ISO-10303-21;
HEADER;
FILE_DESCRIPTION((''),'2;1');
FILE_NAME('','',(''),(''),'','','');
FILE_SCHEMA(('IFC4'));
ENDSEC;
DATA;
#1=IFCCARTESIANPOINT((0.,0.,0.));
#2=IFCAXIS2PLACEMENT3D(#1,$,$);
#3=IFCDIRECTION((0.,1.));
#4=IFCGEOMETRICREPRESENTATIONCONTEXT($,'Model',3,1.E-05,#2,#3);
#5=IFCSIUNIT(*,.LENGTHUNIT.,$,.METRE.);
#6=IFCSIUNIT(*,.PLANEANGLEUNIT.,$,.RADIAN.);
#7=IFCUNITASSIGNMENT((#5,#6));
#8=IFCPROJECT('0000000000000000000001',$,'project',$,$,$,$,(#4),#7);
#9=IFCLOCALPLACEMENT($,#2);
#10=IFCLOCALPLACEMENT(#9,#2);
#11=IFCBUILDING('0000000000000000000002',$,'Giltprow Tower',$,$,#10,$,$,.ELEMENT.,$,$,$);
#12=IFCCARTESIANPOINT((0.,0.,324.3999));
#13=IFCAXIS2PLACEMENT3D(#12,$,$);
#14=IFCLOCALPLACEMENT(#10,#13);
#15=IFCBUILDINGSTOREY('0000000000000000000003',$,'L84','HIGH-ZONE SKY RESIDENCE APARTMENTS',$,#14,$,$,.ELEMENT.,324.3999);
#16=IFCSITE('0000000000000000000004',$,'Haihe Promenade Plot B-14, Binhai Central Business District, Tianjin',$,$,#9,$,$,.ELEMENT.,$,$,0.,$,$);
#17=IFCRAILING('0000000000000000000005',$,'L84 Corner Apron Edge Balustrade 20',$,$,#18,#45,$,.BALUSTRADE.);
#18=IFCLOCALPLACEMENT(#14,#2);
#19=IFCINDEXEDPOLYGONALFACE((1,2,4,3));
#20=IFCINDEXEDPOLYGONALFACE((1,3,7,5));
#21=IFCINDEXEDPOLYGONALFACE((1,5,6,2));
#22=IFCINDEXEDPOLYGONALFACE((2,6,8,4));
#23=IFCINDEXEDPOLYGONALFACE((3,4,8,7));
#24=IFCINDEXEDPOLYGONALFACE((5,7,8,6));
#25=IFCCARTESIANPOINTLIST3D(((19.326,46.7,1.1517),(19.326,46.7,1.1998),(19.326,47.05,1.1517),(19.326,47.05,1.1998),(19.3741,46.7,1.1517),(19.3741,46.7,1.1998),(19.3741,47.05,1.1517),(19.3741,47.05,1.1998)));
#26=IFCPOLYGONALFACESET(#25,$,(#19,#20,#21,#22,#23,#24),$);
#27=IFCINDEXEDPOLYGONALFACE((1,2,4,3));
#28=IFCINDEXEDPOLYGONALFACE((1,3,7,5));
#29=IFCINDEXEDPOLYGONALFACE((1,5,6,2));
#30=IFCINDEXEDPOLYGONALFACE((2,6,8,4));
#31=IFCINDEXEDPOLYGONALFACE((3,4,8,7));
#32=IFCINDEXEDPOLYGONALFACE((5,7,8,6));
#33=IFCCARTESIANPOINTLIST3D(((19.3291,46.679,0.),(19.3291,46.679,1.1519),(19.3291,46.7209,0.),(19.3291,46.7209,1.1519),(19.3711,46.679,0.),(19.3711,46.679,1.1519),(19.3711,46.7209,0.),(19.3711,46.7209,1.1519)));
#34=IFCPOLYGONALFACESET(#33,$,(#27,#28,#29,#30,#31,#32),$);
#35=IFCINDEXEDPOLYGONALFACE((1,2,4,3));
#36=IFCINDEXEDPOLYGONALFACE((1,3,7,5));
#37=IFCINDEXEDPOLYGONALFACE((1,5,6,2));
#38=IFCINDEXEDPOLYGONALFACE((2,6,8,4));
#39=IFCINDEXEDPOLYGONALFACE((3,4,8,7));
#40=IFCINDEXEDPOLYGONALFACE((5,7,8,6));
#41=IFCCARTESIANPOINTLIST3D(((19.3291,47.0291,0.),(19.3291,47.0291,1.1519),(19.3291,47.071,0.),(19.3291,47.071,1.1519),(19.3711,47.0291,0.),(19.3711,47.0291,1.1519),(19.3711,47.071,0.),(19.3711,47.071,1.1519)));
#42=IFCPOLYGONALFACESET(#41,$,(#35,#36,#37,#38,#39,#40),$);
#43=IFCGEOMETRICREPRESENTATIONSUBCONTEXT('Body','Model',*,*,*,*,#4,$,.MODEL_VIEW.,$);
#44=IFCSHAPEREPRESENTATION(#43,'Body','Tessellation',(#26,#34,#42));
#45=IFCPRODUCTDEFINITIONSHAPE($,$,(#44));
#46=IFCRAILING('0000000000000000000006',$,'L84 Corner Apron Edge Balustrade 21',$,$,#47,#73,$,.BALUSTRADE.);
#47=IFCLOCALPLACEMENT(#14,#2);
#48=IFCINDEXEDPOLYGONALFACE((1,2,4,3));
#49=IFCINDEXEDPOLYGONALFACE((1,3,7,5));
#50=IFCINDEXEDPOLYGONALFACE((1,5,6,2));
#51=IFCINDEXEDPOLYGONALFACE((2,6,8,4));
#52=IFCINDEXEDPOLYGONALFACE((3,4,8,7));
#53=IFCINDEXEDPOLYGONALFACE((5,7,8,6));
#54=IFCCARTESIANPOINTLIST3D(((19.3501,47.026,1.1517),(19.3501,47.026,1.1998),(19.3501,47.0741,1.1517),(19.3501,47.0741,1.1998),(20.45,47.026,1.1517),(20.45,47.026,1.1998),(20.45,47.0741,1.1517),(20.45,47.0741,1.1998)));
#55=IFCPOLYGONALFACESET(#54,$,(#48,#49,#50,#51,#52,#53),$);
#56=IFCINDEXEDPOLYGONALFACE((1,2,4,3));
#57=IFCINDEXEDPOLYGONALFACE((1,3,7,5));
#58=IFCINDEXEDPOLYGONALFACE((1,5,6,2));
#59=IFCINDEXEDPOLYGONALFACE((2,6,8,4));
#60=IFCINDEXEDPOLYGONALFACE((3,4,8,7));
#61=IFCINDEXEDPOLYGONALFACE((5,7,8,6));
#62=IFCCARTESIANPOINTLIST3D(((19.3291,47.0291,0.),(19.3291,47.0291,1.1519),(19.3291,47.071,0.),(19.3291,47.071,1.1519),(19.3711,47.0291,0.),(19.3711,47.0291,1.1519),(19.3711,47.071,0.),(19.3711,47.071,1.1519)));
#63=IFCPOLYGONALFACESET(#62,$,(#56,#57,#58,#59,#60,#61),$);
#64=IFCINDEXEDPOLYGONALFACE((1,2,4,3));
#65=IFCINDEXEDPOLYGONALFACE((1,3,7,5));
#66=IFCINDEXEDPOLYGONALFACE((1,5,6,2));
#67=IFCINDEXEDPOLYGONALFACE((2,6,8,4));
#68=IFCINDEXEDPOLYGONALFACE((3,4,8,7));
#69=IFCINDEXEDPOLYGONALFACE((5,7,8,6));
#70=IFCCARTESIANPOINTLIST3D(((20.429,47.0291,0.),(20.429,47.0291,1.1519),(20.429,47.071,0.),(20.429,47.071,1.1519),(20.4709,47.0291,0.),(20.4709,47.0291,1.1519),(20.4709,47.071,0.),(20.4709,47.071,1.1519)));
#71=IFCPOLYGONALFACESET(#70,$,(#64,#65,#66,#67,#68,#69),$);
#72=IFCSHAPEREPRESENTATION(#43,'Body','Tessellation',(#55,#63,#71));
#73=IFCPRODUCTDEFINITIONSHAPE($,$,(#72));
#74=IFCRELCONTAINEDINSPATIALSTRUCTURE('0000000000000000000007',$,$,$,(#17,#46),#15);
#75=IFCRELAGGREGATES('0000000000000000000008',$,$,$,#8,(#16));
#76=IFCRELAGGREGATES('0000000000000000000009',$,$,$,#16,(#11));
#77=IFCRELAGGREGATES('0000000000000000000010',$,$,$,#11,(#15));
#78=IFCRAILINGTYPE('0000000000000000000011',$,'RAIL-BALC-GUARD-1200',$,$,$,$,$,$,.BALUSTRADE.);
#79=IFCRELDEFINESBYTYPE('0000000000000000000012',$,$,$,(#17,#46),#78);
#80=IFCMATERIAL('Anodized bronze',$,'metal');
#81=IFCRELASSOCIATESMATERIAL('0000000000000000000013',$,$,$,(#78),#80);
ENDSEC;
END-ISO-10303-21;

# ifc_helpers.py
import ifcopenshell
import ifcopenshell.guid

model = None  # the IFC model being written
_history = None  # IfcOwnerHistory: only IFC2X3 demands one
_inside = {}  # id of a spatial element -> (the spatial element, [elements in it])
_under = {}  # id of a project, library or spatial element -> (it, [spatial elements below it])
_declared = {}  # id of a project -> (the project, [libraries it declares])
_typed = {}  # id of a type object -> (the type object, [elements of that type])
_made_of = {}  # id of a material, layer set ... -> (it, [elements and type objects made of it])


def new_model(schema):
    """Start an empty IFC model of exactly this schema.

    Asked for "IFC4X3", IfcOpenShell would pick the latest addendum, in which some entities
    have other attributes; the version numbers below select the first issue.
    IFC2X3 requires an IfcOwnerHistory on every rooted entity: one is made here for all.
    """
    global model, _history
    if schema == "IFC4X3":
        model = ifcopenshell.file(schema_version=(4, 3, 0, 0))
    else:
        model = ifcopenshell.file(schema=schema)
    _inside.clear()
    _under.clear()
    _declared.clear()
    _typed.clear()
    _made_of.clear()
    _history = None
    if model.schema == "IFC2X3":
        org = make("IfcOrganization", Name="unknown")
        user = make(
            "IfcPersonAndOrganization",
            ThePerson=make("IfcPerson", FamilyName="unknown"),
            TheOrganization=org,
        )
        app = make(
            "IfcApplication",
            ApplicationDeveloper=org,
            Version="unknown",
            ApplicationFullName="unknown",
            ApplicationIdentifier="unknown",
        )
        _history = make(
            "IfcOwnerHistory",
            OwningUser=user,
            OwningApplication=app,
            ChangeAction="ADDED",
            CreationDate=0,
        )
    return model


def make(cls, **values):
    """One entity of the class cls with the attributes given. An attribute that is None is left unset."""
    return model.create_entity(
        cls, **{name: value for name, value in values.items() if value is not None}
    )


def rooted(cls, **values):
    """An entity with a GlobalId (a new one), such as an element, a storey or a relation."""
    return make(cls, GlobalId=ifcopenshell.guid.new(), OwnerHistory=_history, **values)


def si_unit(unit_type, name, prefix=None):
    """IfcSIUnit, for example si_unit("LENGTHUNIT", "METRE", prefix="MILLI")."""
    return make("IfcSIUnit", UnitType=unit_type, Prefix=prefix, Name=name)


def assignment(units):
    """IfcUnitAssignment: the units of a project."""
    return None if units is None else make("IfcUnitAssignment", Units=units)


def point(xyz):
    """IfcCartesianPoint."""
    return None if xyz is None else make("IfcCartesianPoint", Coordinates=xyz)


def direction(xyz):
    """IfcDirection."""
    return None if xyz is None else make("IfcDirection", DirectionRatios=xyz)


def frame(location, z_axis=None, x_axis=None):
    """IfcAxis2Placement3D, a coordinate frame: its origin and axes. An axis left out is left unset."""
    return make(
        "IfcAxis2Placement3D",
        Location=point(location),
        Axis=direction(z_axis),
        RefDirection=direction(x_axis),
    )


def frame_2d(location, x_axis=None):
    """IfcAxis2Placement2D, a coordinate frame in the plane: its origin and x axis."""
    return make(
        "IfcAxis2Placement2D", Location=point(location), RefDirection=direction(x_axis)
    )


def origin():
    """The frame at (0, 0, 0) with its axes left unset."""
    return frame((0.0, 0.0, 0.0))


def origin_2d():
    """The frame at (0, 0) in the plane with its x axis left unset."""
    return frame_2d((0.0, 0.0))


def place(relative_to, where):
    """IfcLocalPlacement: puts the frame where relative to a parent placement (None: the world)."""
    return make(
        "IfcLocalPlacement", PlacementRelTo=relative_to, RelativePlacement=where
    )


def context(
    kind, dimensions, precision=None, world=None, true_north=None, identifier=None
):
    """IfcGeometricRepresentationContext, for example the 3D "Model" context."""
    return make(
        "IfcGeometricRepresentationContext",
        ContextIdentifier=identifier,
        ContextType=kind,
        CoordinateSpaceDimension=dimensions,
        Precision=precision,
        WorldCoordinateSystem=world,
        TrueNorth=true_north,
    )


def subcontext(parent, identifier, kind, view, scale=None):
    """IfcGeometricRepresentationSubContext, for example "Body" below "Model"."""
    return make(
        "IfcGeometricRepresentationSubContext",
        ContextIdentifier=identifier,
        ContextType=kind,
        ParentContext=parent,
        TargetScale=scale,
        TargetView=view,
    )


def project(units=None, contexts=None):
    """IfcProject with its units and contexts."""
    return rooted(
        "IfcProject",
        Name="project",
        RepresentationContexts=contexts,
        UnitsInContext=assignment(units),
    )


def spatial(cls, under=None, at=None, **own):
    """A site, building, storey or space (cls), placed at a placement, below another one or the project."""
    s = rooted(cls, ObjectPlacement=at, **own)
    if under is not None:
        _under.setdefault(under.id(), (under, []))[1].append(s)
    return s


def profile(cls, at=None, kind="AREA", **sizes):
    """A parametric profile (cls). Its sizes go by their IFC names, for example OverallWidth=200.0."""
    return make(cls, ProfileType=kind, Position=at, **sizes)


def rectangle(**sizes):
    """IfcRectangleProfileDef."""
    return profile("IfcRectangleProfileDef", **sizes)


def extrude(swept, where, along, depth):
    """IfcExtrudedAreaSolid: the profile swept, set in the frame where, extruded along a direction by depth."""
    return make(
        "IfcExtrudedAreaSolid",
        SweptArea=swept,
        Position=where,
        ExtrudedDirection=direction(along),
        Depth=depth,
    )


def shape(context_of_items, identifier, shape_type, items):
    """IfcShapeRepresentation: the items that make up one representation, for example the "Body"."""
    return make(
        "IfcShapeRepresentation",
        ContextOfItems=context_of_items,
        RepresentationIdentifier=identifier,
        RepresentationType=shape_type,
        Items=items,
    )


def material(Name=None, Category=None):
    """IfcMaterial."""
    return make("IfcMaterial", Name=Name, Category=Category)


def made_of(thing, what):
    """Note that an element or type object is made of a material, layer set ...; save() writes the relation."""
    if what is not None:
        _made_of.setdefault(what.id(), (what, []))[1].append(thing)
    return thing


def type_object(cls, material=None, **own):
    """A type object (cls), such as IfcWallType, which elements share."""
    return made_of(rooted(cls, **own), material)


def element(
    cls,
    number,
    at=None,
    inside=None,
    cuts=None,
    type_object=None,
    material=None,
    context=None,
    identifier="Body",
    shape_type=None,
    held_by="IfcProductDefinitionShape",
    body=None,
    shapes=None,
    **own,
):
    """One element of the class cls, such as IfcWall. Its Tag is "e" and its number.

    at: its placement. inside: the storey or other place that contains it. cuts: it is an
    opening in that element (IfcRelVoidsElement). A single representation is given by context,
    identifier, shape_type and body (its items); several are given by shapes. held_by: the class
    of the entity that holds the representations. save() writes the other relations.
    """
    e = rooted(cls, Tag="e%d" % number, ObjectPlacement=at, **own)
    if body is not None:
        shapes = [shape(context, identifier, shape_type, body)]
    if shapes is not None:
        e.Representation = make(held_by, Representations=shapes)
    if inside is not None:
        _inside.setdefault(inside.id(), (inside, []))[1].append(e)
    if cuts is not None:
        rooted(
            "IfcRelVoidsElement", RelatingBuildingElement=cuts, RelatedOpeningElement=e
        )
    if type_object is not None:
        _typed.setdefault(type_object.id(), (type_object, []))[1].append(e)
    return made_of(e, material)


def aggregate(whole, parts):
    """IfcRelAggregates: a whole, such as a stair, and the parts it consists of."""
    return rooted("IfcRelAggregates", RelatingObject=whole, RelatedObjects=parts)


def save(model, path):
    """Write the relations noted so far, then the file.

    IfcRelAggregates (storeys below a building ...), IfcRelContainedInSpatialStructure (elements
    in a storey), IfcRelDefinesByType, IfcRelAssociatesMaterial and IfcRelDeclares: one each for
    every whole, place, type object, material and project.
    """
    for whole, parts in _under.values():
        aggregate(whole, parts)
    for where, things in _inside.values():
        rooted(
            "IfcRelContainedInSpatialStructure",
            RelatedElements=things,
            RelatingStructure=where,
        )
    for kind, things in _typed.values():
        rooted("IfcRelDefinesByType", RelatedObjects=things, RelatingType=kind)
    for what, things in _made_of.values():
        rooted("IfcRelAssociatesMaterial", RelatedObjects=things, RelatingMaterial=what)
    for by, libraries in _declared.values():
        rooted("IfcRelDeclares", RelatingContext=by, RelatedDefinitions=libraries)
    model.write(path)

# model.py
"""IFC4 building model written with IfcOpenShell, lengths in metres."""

from ifc_helpers import new_model, si_unit, direction, frame, origin, origin_2d, place, context, subcontext, project, spatial, rectangle, extrude, material, type_object, element, save


model = new_model("IFC4")

# Units and contexts
model_context = context("Model", 3, precision=1e-05, world=origin(), true_north=direction((0.0, 1.0)))
body_context = subcontext(model_context, "Body", "Model", "MODEL_VIEW")
ifc_project = project(units=[si_unit("LENGTHUNIT", "METRE"), si_unit("PLANEANGLEUNIT", "RADIAN")], contexts=[model_context])

# Site, building, storey
site_placement = place(None, origin())
site = spatial("IfcSite", under=ifc_project, at=site_placement, Name="Haihe Promenade Plot B-14, Binhai Central Business District, Tianjin", CompositionType="ELEMENT", RefElevation=0.0)
building_placement = place(site_placement, origin())
building = spatial("IfcBuilding", under=site, at=building_placement, Name="Giltprow Tower", CompositionType="ELEMENT")
storey_placement = place(building_placement, frame((0.0, 0.0, 324.3999)))
storey = spatial("IfcBuildingStorey", under=building, at=storey_placement, Name="L84", Description="HIGH-ZONE SKY RESIDENCE APARTMENTS", CompositionType="ELEMENT", Elevation=324.3999)

# Railings
ifc_material_1 = material(Name="Anodized bronze", Category="metal")
railing_type = type_object("IfcRailingType", Name="RAIL-BALC-GUARD-1200", PredefinedType="BALUSTRADE", material=ifc_material_1)
railing_1_placement = place(storey_placement, frame((19.3501, 46.7, 0.0)))
element("IfcRailing", 1, at=railing_1_placement, inside=storey, type_object=railing_type, Name="L84 Corner Apron Edge Balustrade 20", PredefinedType="BALUSTRADE", context=body_context, shape_type="SweptSolid", body=[
    extrude(rectangle(XDim=0.0481, YDim=0.0481, at=origin_2d()), frame((0.0, 0.0, 1.1758), z_axis=(0.0, 1.0, 0.0), x_axis=(-1.0, 0.0, 0.0)), (0.0, 0.0, 1.0), 0.3501),
    extrude(rectangle(XDim=0.042, YDim=0.042, at=origin_2d()), origin(), (0.0, 0.0, 1.0), 1.1519),
    extrude(rectangle(XDim=0.042, YDim=0.042, at=origin_2d()), frame((0.0, 0.3501, 0.0)), (0.0, 0.0, 1.0), 1.1519),
])
railing_2_placement = place(storey_placement, frame((19.3501, 47.05, 0.0)))
element("IfcRailing", 2, at=railing_2_placement, inside=storey, type_object=railing_type, Name="L84 Corner Apron Edge Balustrade 21", PredefinedType="BALUSTRADE", context=body_context, shape_type="SweptSolid", body=[
    extrude(rectangle(XDim=0.0481, YDim=0.0481, at=origin_2d()), frame((0.0, 0.0, 1.1758), z_axis=(1.0, 0.0, 0.0), x_axis=(0.0, 1.0, 0.0)), (0.0, 0.0, 1.0), 1.0999),
    extrude(rectangle(XDim=0.042, YDim=0.042, at=origin_2d()), origin(), (0.0, 0.0, 1.0), 1.1519),
    extrude(rectangle(XDim=0.042, YDim=0.042, at=origin_2d()), frame((1.0999, 0.0, 0.0)), (0.0, 0.0, 1.0), 1.1519),
])

save(model, "model.ifc")
